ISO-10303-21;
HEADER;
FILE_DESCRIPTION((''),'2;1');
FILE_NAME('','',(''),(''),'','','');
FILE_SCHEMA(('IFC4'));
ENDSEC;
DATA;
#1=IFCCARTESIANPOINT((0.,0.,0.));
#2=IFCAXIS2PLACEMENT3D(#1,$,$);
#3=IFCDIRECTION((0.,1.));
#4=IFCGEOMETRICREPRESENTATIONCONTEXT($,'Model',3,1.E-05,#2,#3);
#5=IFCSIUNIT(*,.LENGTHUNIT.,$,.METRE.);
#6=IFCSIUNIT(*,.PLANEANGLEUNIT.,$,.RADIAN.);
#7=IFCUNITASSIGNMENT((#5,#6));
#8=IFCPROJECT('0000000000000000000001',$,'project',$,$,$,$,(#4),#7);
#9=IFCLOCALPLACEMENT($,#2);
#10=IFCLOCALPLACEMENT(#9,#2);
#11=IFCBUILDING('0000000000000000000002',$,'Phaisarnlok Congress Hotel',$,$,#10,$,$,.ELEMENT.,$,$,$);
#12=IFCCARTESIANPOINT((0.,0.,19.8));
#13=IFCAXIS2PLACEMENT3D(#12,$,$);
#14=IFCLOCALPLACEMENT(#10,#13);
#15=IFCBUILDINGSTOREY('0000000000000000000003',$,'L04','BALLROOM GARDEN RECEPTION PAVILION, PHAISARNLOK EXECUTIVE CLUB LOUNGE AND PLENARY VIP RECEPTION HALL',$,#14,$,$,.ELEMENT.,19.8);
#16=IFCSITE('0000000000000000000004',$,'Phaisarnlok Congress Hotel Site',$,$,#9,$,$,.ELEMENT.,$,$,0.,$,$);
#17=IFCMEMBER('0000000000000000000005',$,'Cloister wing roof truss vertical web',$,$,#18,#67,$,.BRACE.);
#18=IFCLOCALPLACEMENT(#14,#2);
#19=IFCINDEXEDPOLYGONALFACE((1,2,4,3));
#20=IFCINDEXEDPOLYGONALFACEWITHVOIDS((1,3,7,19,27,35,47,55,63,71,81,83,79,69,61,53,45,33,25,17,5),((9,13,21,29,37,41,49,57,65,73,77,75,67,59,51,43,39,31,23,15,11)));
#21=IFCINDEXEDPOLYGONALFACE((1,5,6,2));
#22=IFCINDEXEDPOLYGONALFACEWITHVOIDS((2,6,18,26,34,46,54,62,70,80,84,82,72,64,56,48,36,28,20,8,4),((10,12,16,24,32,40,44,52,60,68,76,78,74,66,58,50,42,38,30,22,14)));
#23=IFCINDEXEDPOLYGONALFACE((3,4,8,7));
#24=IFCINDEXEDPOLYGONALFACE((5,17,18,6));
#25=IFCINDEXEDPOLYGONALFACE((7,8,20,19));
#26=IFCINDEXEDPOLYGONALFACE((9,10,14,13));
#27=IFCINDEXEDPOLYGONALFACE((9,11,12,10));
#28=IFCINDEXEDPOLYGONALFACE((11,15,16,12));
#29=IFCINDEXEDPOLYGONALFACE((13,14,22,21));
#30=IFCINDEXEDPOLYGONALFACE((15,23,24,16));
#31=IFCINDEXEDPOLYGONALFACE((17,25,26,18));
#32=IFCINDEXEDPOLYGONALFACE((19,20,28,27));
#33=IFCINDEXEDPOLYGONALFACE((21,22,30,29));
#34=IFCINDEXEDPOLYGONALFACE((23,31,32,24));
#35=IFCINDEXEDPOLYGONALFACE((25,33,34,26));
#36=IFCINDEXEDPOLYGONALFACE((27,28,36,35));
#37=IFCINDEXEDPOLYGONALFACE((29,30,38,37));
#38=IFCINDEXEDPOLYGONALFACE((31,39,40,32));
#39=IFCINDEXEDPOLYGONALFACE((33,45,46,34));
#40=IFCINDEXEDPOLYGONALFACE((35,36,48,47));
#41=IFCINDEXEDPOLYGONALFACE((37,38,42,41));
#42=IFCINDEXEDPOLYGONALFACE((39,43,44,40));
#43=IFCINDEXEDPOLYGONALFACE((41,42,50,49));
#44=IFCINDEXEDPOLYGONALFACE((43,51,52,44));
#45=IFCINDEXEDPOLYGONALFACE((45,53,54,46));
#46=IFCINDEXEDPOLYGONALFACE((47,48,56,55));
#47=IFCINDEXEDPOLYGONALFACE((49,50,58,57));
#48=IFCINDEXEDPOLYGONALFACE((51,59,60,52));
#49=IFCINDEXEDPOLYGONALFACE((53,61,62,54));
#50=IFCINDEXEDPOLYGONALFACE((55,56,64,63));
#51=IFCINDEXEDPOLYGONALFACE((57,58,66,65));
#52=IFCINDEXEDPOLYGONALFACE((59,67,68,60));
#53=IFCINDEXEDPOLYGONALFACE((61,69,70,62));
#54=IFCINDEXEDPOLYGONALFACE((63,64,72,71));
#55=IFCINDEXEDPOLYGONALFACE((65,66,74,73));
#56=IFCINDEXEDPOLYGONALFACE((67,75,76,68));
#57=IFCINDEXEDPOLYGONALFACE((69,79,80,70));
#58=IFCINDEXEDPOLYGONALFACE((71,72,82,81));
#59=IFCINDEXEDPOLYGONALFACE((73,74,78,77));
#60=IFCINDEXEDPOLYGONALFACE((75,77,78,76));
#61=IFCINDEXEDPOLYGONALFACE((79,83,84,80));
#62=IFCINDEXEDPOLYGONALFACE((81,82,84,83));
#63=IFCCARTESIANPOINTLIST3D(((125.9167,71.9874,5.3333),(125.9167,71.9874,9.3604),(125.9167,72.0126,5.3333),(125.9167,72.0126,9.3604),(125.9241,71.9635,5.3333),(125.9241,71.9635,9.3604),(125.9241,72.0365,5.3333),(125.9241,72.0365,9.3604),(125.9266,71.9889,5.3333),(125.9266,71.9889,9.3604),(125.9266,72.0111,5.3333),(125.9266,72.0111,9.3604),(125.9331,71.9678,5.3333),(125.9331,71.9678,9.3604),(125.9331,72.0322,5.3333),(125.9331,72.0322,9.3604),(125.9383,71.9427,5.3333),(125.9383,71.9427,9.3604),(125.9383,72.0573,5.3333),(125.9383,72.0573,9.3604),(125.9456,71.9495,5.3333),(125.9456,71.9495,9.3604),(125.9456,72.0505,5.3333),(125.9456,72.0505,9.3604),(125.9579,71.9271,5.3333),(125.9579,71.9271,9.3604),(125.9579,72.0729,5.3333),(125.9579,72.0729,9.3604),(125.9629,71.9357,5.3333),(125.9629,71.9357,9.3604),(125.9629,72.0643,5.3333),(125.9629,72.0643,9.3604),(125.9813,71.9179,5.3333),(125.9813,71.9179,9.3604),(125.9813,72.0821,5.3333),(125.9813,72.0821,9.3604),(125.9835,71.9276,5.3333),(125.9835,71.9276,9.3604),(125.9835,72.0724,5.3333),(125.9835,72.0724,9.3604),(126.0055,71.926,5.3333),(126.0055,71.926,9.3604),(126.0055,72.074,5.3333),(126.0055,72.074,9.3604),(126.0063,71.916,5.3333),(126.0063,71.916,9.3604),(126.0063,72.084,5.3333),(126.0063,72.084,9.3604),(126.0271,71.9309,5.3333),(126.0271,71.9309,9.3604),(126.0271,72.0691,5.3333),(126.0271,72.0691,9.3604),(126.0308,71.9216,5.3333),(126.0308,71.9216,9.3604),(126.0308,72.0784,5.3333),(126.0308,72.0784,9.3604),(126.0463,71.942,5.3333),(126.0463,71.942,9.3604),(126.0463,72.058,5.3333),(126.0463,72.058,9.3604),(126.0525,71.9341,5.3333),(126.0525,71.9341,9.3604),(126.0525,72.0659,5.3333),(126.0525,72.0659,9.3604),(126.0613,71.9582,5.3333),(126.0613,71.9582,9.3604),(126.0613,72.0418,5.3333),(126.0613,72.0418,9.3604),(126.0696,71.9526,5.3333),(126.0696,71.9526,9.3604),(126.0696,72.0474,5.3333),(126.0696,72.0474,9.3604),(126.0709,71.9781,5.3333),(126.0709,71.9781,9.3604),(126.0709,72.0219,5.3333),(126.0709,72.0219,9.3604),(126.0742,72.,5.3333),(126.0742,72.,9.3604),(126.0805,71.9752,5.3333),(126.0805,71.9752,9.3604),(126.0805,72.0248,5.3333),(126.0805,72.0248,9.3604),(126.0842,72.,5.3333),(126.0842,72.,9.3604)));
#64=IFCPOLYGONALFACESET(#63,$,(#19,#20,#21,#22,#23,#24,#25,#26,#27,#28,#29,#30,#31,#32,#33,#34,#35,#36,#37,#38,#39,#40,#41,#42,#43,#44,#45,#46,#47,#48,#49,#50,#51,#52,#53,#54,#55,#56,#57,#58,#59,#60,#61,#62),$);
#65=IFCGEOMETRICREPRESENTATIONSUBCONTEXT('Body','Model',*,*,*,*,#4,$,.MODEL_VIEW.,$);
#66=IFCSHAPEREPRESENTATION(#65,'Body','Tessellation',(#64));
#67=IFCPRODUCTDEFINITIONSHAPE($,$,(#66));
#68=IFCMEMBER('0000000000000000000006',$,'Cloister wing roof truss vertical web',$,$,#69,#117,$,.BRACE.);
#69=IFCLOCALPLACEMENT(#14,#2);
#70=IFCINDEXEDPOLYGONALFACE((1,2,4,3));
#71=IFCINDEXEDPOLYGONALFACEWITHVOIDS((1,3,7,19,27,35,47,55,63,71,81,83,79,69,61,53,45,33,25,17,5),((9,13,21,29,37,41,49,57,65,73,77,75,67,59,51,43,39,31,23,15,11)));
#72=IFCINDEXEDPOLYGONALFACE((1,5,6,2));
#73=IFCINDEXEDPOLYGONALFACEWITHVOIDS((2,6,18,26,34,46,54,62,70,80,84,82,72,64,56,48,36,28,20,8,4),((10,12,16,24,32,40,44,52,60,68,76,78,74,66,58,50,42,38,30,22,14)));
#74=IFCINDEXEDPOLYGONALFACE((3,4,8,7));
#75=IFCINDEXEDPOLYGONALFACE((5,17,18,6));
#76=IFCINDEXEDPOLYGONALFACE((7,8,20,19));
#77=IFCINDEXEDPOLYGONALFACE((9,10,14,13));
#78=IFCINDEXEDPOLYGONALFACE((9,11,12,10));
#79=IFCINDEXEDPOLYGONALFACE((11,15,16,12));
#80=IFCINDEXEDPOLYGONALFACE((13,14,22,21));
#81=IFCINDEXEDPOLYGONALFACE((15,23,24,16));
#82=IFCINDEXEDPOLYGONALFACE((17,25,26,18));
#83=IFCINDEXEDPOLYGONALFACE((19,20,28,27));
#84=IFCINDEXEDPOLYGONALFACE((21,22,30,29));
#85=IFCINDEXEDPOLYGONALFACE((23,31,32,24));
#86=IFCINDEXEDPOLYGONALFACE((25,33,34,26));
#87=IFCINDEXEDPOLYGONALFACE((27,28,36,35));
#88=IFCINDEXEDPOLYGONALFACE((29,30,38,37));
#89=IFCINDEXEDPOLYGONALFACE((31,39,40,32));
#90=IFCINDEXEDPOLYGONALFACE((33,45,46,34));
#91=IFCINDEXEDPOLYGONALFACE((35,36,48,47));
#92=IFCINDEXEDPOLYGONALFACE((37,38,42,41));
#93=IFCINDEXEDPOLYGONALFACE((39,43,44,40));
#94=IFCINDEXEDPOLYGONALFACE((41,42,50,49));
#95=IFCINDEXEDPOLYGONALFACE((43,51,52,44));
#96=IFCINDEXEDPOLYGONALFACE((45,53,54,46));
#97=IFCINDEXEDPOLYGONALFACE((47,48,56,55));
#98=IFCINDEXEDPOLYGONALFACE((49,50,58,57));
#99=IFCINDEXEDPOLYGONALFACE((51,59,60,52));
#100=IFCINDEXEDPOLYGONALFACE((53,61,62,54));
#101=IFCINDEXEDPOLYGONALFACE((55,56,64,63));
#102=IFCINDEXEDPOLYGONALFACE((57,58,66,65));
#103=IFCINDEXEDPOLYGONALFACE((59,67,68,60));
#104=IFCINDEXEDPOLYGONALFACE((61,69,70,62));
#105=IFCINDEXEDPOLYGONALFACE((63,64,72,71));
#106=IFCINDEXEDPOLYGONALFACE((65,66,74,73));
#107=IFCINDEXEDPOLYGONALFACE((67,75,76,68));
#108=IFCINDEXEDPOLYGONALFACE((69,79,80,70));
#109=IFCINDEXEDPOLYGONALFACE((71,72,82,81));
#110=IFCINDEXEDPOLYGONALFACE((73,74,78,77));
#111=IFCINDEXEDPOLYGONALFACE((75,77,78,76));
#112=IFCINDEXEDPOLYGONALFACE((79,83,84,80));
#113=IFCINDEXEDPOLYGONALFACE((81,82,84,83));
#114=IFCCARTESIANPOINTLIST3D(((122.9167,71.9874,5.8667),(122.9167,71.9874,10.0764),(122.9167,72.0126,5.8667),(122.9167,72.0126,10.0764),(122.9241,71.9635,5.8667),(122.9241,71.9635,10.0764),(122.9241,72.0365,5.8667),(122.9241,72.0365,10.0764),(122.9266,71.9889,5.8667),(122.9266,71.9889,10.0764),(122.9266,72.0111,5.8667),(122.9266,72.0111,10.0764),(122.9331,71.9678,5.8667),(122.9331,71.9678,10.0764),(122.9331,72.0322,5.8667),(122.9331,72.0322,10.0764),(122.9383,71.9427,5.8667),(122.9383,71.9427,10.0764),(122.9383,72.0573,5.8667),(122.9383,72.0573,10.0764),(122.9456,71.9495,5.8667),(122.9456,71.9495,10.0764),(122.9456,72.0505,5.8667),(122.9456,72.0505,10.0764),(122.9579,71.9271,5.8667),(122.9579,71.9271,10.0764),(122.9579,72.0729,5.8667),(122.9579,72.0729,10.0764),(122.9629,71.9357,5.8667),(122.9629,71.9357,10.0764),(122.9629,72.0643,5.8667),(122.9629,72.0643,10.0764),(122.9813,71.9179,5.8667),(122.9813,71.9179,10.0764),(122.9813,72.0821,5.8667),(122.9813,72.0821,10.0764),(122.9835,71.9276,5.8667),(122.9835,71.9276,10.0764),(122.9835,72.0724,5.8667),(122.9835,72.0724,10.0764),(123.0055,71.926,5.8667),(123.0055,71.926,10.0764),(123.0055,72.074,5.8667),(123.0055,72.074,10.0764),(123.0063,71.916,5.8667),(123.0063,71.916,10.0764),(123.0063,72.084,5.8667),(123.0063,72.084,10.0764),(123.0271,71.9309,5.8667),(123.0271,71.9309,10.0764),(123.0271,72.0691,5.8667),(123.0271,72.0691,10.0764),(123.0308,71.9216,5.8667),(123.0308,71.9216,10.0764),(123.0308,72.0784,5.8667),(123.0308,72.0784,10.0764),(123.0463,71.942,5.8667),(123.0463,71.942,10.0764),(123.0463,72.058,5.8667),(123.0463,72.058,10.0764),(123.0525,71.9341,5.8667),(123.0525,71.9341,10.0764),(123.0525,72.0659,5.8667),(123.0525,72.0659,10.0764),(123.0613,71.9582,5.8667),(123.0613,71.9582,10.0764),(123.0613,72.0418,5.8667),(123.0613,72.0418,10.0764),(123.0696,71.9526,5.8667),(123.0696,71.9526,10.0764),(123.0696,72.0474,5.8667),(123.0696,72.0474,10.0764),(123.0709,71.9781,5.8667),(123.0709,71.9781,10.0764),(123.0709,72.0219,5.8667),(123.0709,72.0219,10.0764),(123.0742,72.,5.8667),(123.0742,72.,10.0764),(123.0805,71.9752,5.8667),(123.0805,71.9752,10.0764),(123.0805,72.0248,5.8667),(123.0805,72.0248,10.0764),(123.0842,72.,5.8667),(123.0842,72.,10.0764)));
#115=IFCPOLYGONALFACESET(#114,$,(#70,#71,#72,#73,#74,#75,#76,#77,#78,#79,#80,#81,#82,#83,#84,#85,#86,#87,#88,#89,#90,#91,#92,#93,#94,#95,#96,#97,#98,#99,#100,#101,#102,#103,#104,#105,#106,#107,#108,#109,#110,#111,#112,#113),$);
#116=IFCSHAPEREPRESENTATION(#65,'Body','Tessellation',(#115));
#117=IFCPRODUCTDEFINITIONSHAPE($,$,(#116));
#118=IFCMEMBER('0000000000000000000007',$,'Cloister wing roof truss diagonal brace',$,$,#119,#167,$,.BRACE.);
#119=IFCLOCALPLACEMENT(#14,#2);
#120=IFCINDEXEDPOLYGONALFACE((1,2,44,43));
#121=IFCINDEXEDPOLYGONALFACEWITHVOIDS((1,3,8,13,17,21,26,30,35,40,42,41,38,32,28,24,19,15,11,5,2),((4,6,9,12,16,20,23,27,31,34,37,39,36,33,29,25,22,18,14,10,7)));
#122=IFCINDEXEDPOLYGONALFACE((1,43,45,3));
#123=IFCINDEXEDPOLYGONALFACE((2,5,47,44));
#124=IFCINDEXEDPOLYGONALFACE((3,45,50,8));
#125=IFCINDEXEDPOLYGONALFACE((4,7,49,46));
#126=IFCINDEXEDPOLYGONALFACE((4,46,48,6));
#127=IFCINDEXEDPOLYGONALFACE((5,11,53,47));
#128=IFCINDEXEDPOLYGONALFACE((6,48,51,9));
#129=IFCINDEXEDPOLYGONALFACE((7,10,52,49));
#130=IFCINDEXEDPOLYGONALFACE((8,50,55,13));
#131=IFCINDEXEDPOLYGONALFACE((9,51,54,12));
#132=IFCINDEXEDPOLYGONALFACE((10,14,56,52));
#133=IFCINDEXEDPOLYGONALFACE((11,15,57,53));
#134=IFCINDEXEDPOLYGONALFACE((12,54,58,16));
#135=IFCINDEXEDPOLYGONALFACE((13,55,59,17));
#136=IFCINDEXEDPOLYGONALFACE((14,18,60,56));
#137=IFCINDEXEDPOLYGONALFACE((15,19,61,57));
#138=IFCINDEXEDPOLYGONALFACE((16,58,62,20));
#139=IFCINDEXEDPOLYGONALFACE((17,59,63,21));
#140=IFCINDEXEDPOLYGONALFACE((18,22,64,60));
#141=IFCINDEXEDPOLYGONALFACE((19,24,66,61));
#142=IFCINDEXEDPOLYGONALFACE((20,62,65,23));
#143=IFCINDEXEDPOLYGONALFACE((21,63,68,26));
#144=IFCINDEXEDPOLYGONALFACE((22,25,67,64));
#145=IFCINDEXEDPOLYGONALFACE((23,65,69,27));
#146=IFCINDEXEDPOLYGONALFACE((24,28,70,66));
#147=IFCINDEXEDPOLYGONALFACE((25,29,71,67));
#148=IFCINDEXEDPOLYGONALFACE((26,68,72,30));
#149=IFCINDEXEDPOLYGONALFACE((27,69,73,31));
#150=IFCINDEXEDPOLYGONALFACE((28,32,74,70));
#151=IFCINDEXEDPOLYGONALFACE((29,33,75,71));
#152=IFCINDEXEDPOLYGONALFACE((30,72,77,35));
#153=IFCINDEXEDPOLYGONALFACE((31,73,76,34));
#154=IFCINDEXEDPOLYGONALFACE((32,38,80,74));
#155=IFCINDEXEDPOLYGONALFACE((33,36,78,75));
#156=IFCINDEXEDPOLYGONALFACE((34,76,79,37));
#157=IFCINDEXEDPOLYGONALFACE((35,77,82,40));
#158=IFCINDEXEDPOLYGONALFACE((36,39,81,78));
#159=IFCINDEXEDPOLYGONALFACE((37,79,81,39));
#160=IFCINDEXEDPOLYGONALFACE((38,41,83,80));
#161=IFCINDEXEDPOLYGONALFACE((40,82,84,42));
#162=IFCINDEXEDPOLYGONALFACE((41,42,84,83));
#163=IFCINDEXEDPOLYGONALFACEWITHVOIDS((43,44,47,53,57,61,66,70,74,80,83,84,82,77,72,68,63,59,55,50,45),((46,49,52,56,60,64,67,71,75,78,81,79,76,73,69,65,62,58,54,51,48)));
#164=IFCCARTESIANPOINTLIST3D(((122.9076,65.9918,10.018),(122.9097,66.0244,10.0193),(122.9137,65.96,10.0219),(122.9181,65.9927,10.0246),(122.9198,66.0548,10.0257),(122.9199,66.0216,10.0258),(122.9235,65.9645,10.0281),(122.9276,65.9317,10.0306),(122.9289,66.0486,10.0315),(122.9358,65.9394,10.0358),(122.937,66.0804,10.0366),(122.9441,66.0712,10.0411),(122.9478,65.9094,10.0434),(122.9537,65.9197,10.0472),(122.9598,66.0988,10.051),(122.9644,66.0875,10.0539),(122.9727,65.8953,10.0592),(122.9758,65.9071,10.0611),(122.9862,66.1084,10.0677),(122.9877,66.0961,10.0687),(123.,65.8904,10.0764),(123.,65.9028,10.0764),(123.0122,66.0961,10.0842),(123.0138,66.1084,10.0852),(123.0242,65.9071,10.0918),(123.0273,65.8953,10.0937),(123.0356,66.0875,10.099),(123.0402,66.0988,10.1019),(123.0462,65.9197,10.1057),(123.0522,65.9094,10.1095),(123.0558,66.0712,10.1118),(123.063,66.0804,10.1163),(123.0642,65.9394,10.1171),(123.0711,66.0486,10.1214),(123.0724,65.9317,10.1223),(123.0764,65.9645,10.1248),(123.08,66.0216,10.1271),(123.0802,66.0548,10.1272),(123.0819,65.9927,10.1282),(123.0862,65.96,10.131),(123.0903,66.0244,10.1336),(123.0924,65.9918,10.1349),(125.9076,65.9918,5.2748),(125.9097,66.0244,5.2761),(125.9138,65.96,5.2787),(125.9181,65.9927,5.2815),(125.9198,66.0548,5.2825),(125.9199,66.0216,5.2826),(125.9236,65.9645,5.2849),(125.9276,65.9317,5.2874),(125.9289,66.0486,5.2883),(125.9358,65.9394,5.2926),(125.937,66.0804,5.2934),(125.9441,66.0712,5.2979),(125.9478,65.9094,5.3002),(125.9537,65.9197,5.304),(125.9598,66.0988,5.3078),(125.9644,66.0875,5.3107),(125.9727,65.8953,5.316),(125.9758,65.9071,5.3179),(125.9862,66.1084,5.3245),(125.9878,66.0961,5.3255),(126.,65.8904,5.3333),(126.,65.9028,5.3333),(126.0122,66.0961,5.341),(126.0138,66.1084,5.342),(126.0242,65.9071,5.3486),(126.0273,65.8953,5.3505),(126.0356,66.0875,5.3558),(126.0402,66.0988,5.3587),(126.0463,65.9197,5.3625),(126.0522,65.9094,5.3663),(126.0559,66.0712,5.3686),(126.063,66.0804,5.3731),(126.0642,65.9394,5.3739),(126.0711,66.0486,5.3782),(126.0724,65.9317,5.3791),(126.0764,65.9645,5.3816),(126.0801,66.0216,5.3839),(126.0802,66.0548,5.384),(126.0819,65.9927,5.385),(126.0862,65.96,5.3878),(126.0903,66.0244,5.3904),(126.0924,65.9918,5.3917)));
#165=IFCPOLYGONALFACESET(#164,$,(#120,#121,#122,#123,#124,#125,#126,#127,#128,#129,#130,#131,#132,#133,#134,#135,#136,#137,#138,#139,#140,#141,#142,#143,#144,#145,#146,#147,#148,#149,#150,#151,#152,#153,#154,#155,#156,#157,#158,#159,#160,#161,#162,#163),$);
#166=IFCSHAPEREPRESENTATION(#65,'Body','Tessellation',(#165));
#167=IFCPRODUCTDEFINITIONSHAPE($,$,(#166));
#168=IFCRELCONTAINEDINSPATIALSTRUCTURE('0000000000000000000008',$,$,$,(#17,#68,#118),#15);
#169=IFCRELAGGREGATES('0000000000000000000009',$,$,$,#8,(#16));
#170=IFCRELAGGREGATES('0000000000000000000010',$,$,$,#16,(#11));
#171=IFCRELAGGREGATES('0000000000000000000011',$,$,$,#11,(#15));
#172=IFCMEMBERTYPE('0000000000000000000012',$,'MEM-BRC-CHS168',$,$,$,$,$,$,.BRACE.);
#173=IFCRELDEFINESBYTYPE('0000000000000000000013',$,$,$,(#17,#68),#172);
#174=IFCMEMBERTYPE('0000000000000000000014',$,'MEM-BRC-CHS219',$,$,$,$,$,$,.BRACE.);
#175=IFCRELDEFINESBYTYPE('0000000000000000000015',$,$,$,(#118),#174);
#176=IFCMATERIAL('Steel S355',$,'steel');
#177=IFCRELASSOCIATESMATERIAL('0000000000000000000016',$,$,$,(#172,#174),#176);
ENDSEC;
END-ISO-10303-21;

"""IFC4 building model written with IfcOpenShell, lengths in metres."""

from ifc_helpers import new_model, si_unit, direction, frame, origin, origin_2d, place, context, subcontext, project, spatial, hollow_circle, extrude, material, material_profile, profile_set, type_object, element, save


model = new_model("IFC4")

# Units and contexts
model_context = context("Model", 3, precision=1e-05, world=origin(), true_north=direction((0.0, 1.0)))
body_context = subcontext(model_context, "Body", "Model", "MODEL_VIEW")
ifc_project = project(units=[si_unit("LENGTHUNIT", "METRE"), si_unit("PLANEANGLEUNIT", "RADIAN")], contexts=[model_context])

# Site, building, storey
site_placement = place(None, origin())
site = spatial("IfcSite", under=ifc_project, at=site_placement, Name="Phaisarnlok Congress Hotel Site", CompositionType="ELEMENT", RefElevation=0.0)
building_placement = place(site_placement, origin())
building = spatial("IfcBuilding", under=site, at=building_placement, Name="Phaisarnlok Congress Hotel", CompositionType="ELEMENT")
storey_placement = place(building_placement, frame((0.0, 0.0, 19.8)))
storey = spatial("IfcBuildingStorey", under=building, at=storey_placement, Name="L04", Description="BALLROOM GARDEN RECEPTION PAVILION, PHAISARNLOK EXECUTIVE CLUB LOUNGE AND PLENARY VIP RECEPTION HALL", CompositionType="ELEMENT", Elevation=19.8)

# Shared definitions
ifc_material_1 = material(Name="Steel S355", Category="steel")

# Members
ifc_material_profile_1 = material_profile(ifc_material_1, hollow_circle(Radius=0.0842, WallThickness=0.01, at=origin_2d()), Name="CHS 168.3x10")
ifc_profile_set_1 = profile_set([ifc_material_profile_1], Name="Steel S355")
member_type_1 = type_object("IfcMemberType", Name="MEM-BRC-CHS168", PredefinedType="BRACE", material=ifc_profile_set_1)
member_1_placement = place(storey_placement, frame((126.0, 72.0, 5.3333), z_axis=(0.0, 0.0, 1.0), x_axis=(1.0, 0.0, 0.0)))
element("IfcMember", 1, at=member_1_placement, inside=storey, type_object=member_type_1, Name="Cloister wing roof truss vertical web", PredefinedType="BRACE", context=body_context, shape_type="SweptSolid", body=[
    extrude(hollow_circle(Radius=0.0842, WallThickness=0.01, at=origin_2d()), origin(), (0.0, 0.0, 1.0), 4.0271),
])
member_2_placement = place(storey_placement, frame((123.0, 72.0, 5.8667), z_axis=(0.0, 0.0, 1.0), x_axis=(1.0, 0.0, 0.0)))
element("IfcMember", 2, at=member_2_placement, inside=storey, type_object=member_type_1, Name="Cloister wing roof truss vertical web", PredefinedType="BRACE", context=body_context, shape_type="SweptSolid", body=[
    extrude(hollow_circle(Radius=0.0842, WallThickness=0.01, at=origin_2d()), origin(), (0.0, 0.0, 1.0), 4.2097),
])
ifc_material_profile_2 = material_profile(ifc_material_1, hollow_circle(Radius=0.1096, WallThickness=0.0125, at=origin_2d()), Name="CHS 219.1x12.5")
ifc_profile_set_2 = profile_set([ifc_material_profile_2], Name="Steel S355")
member_type_2 = type_object("IfcMemberType", Name="MEM-BRC-CHS219", PredefinedType="BRACE", material=ifc_profile_set_2)
member_3_placement = place(storey_placement, frame((126.0, 66.0, 5.3333), z_axis=(-0.534543, 0.0, 0.845141), x_axis=(0.0, -1.0, 0.0)))
element("IfcMember", 3, at=member_3_placement, inside=storey, type_object=member_type_2, Name="Cloister wing roof truss diagonal brace", PredefinedType="BRACE", context=body_context, shape_type="SweptSolid", body=[
    extrude(hollow_circle(Radius=0.1096, WallThickness=0.0125, at=origin_2d()), origin(), (0.0, 0.0, 1.0), 5.6123),
])

save(model, "model.ifc")
